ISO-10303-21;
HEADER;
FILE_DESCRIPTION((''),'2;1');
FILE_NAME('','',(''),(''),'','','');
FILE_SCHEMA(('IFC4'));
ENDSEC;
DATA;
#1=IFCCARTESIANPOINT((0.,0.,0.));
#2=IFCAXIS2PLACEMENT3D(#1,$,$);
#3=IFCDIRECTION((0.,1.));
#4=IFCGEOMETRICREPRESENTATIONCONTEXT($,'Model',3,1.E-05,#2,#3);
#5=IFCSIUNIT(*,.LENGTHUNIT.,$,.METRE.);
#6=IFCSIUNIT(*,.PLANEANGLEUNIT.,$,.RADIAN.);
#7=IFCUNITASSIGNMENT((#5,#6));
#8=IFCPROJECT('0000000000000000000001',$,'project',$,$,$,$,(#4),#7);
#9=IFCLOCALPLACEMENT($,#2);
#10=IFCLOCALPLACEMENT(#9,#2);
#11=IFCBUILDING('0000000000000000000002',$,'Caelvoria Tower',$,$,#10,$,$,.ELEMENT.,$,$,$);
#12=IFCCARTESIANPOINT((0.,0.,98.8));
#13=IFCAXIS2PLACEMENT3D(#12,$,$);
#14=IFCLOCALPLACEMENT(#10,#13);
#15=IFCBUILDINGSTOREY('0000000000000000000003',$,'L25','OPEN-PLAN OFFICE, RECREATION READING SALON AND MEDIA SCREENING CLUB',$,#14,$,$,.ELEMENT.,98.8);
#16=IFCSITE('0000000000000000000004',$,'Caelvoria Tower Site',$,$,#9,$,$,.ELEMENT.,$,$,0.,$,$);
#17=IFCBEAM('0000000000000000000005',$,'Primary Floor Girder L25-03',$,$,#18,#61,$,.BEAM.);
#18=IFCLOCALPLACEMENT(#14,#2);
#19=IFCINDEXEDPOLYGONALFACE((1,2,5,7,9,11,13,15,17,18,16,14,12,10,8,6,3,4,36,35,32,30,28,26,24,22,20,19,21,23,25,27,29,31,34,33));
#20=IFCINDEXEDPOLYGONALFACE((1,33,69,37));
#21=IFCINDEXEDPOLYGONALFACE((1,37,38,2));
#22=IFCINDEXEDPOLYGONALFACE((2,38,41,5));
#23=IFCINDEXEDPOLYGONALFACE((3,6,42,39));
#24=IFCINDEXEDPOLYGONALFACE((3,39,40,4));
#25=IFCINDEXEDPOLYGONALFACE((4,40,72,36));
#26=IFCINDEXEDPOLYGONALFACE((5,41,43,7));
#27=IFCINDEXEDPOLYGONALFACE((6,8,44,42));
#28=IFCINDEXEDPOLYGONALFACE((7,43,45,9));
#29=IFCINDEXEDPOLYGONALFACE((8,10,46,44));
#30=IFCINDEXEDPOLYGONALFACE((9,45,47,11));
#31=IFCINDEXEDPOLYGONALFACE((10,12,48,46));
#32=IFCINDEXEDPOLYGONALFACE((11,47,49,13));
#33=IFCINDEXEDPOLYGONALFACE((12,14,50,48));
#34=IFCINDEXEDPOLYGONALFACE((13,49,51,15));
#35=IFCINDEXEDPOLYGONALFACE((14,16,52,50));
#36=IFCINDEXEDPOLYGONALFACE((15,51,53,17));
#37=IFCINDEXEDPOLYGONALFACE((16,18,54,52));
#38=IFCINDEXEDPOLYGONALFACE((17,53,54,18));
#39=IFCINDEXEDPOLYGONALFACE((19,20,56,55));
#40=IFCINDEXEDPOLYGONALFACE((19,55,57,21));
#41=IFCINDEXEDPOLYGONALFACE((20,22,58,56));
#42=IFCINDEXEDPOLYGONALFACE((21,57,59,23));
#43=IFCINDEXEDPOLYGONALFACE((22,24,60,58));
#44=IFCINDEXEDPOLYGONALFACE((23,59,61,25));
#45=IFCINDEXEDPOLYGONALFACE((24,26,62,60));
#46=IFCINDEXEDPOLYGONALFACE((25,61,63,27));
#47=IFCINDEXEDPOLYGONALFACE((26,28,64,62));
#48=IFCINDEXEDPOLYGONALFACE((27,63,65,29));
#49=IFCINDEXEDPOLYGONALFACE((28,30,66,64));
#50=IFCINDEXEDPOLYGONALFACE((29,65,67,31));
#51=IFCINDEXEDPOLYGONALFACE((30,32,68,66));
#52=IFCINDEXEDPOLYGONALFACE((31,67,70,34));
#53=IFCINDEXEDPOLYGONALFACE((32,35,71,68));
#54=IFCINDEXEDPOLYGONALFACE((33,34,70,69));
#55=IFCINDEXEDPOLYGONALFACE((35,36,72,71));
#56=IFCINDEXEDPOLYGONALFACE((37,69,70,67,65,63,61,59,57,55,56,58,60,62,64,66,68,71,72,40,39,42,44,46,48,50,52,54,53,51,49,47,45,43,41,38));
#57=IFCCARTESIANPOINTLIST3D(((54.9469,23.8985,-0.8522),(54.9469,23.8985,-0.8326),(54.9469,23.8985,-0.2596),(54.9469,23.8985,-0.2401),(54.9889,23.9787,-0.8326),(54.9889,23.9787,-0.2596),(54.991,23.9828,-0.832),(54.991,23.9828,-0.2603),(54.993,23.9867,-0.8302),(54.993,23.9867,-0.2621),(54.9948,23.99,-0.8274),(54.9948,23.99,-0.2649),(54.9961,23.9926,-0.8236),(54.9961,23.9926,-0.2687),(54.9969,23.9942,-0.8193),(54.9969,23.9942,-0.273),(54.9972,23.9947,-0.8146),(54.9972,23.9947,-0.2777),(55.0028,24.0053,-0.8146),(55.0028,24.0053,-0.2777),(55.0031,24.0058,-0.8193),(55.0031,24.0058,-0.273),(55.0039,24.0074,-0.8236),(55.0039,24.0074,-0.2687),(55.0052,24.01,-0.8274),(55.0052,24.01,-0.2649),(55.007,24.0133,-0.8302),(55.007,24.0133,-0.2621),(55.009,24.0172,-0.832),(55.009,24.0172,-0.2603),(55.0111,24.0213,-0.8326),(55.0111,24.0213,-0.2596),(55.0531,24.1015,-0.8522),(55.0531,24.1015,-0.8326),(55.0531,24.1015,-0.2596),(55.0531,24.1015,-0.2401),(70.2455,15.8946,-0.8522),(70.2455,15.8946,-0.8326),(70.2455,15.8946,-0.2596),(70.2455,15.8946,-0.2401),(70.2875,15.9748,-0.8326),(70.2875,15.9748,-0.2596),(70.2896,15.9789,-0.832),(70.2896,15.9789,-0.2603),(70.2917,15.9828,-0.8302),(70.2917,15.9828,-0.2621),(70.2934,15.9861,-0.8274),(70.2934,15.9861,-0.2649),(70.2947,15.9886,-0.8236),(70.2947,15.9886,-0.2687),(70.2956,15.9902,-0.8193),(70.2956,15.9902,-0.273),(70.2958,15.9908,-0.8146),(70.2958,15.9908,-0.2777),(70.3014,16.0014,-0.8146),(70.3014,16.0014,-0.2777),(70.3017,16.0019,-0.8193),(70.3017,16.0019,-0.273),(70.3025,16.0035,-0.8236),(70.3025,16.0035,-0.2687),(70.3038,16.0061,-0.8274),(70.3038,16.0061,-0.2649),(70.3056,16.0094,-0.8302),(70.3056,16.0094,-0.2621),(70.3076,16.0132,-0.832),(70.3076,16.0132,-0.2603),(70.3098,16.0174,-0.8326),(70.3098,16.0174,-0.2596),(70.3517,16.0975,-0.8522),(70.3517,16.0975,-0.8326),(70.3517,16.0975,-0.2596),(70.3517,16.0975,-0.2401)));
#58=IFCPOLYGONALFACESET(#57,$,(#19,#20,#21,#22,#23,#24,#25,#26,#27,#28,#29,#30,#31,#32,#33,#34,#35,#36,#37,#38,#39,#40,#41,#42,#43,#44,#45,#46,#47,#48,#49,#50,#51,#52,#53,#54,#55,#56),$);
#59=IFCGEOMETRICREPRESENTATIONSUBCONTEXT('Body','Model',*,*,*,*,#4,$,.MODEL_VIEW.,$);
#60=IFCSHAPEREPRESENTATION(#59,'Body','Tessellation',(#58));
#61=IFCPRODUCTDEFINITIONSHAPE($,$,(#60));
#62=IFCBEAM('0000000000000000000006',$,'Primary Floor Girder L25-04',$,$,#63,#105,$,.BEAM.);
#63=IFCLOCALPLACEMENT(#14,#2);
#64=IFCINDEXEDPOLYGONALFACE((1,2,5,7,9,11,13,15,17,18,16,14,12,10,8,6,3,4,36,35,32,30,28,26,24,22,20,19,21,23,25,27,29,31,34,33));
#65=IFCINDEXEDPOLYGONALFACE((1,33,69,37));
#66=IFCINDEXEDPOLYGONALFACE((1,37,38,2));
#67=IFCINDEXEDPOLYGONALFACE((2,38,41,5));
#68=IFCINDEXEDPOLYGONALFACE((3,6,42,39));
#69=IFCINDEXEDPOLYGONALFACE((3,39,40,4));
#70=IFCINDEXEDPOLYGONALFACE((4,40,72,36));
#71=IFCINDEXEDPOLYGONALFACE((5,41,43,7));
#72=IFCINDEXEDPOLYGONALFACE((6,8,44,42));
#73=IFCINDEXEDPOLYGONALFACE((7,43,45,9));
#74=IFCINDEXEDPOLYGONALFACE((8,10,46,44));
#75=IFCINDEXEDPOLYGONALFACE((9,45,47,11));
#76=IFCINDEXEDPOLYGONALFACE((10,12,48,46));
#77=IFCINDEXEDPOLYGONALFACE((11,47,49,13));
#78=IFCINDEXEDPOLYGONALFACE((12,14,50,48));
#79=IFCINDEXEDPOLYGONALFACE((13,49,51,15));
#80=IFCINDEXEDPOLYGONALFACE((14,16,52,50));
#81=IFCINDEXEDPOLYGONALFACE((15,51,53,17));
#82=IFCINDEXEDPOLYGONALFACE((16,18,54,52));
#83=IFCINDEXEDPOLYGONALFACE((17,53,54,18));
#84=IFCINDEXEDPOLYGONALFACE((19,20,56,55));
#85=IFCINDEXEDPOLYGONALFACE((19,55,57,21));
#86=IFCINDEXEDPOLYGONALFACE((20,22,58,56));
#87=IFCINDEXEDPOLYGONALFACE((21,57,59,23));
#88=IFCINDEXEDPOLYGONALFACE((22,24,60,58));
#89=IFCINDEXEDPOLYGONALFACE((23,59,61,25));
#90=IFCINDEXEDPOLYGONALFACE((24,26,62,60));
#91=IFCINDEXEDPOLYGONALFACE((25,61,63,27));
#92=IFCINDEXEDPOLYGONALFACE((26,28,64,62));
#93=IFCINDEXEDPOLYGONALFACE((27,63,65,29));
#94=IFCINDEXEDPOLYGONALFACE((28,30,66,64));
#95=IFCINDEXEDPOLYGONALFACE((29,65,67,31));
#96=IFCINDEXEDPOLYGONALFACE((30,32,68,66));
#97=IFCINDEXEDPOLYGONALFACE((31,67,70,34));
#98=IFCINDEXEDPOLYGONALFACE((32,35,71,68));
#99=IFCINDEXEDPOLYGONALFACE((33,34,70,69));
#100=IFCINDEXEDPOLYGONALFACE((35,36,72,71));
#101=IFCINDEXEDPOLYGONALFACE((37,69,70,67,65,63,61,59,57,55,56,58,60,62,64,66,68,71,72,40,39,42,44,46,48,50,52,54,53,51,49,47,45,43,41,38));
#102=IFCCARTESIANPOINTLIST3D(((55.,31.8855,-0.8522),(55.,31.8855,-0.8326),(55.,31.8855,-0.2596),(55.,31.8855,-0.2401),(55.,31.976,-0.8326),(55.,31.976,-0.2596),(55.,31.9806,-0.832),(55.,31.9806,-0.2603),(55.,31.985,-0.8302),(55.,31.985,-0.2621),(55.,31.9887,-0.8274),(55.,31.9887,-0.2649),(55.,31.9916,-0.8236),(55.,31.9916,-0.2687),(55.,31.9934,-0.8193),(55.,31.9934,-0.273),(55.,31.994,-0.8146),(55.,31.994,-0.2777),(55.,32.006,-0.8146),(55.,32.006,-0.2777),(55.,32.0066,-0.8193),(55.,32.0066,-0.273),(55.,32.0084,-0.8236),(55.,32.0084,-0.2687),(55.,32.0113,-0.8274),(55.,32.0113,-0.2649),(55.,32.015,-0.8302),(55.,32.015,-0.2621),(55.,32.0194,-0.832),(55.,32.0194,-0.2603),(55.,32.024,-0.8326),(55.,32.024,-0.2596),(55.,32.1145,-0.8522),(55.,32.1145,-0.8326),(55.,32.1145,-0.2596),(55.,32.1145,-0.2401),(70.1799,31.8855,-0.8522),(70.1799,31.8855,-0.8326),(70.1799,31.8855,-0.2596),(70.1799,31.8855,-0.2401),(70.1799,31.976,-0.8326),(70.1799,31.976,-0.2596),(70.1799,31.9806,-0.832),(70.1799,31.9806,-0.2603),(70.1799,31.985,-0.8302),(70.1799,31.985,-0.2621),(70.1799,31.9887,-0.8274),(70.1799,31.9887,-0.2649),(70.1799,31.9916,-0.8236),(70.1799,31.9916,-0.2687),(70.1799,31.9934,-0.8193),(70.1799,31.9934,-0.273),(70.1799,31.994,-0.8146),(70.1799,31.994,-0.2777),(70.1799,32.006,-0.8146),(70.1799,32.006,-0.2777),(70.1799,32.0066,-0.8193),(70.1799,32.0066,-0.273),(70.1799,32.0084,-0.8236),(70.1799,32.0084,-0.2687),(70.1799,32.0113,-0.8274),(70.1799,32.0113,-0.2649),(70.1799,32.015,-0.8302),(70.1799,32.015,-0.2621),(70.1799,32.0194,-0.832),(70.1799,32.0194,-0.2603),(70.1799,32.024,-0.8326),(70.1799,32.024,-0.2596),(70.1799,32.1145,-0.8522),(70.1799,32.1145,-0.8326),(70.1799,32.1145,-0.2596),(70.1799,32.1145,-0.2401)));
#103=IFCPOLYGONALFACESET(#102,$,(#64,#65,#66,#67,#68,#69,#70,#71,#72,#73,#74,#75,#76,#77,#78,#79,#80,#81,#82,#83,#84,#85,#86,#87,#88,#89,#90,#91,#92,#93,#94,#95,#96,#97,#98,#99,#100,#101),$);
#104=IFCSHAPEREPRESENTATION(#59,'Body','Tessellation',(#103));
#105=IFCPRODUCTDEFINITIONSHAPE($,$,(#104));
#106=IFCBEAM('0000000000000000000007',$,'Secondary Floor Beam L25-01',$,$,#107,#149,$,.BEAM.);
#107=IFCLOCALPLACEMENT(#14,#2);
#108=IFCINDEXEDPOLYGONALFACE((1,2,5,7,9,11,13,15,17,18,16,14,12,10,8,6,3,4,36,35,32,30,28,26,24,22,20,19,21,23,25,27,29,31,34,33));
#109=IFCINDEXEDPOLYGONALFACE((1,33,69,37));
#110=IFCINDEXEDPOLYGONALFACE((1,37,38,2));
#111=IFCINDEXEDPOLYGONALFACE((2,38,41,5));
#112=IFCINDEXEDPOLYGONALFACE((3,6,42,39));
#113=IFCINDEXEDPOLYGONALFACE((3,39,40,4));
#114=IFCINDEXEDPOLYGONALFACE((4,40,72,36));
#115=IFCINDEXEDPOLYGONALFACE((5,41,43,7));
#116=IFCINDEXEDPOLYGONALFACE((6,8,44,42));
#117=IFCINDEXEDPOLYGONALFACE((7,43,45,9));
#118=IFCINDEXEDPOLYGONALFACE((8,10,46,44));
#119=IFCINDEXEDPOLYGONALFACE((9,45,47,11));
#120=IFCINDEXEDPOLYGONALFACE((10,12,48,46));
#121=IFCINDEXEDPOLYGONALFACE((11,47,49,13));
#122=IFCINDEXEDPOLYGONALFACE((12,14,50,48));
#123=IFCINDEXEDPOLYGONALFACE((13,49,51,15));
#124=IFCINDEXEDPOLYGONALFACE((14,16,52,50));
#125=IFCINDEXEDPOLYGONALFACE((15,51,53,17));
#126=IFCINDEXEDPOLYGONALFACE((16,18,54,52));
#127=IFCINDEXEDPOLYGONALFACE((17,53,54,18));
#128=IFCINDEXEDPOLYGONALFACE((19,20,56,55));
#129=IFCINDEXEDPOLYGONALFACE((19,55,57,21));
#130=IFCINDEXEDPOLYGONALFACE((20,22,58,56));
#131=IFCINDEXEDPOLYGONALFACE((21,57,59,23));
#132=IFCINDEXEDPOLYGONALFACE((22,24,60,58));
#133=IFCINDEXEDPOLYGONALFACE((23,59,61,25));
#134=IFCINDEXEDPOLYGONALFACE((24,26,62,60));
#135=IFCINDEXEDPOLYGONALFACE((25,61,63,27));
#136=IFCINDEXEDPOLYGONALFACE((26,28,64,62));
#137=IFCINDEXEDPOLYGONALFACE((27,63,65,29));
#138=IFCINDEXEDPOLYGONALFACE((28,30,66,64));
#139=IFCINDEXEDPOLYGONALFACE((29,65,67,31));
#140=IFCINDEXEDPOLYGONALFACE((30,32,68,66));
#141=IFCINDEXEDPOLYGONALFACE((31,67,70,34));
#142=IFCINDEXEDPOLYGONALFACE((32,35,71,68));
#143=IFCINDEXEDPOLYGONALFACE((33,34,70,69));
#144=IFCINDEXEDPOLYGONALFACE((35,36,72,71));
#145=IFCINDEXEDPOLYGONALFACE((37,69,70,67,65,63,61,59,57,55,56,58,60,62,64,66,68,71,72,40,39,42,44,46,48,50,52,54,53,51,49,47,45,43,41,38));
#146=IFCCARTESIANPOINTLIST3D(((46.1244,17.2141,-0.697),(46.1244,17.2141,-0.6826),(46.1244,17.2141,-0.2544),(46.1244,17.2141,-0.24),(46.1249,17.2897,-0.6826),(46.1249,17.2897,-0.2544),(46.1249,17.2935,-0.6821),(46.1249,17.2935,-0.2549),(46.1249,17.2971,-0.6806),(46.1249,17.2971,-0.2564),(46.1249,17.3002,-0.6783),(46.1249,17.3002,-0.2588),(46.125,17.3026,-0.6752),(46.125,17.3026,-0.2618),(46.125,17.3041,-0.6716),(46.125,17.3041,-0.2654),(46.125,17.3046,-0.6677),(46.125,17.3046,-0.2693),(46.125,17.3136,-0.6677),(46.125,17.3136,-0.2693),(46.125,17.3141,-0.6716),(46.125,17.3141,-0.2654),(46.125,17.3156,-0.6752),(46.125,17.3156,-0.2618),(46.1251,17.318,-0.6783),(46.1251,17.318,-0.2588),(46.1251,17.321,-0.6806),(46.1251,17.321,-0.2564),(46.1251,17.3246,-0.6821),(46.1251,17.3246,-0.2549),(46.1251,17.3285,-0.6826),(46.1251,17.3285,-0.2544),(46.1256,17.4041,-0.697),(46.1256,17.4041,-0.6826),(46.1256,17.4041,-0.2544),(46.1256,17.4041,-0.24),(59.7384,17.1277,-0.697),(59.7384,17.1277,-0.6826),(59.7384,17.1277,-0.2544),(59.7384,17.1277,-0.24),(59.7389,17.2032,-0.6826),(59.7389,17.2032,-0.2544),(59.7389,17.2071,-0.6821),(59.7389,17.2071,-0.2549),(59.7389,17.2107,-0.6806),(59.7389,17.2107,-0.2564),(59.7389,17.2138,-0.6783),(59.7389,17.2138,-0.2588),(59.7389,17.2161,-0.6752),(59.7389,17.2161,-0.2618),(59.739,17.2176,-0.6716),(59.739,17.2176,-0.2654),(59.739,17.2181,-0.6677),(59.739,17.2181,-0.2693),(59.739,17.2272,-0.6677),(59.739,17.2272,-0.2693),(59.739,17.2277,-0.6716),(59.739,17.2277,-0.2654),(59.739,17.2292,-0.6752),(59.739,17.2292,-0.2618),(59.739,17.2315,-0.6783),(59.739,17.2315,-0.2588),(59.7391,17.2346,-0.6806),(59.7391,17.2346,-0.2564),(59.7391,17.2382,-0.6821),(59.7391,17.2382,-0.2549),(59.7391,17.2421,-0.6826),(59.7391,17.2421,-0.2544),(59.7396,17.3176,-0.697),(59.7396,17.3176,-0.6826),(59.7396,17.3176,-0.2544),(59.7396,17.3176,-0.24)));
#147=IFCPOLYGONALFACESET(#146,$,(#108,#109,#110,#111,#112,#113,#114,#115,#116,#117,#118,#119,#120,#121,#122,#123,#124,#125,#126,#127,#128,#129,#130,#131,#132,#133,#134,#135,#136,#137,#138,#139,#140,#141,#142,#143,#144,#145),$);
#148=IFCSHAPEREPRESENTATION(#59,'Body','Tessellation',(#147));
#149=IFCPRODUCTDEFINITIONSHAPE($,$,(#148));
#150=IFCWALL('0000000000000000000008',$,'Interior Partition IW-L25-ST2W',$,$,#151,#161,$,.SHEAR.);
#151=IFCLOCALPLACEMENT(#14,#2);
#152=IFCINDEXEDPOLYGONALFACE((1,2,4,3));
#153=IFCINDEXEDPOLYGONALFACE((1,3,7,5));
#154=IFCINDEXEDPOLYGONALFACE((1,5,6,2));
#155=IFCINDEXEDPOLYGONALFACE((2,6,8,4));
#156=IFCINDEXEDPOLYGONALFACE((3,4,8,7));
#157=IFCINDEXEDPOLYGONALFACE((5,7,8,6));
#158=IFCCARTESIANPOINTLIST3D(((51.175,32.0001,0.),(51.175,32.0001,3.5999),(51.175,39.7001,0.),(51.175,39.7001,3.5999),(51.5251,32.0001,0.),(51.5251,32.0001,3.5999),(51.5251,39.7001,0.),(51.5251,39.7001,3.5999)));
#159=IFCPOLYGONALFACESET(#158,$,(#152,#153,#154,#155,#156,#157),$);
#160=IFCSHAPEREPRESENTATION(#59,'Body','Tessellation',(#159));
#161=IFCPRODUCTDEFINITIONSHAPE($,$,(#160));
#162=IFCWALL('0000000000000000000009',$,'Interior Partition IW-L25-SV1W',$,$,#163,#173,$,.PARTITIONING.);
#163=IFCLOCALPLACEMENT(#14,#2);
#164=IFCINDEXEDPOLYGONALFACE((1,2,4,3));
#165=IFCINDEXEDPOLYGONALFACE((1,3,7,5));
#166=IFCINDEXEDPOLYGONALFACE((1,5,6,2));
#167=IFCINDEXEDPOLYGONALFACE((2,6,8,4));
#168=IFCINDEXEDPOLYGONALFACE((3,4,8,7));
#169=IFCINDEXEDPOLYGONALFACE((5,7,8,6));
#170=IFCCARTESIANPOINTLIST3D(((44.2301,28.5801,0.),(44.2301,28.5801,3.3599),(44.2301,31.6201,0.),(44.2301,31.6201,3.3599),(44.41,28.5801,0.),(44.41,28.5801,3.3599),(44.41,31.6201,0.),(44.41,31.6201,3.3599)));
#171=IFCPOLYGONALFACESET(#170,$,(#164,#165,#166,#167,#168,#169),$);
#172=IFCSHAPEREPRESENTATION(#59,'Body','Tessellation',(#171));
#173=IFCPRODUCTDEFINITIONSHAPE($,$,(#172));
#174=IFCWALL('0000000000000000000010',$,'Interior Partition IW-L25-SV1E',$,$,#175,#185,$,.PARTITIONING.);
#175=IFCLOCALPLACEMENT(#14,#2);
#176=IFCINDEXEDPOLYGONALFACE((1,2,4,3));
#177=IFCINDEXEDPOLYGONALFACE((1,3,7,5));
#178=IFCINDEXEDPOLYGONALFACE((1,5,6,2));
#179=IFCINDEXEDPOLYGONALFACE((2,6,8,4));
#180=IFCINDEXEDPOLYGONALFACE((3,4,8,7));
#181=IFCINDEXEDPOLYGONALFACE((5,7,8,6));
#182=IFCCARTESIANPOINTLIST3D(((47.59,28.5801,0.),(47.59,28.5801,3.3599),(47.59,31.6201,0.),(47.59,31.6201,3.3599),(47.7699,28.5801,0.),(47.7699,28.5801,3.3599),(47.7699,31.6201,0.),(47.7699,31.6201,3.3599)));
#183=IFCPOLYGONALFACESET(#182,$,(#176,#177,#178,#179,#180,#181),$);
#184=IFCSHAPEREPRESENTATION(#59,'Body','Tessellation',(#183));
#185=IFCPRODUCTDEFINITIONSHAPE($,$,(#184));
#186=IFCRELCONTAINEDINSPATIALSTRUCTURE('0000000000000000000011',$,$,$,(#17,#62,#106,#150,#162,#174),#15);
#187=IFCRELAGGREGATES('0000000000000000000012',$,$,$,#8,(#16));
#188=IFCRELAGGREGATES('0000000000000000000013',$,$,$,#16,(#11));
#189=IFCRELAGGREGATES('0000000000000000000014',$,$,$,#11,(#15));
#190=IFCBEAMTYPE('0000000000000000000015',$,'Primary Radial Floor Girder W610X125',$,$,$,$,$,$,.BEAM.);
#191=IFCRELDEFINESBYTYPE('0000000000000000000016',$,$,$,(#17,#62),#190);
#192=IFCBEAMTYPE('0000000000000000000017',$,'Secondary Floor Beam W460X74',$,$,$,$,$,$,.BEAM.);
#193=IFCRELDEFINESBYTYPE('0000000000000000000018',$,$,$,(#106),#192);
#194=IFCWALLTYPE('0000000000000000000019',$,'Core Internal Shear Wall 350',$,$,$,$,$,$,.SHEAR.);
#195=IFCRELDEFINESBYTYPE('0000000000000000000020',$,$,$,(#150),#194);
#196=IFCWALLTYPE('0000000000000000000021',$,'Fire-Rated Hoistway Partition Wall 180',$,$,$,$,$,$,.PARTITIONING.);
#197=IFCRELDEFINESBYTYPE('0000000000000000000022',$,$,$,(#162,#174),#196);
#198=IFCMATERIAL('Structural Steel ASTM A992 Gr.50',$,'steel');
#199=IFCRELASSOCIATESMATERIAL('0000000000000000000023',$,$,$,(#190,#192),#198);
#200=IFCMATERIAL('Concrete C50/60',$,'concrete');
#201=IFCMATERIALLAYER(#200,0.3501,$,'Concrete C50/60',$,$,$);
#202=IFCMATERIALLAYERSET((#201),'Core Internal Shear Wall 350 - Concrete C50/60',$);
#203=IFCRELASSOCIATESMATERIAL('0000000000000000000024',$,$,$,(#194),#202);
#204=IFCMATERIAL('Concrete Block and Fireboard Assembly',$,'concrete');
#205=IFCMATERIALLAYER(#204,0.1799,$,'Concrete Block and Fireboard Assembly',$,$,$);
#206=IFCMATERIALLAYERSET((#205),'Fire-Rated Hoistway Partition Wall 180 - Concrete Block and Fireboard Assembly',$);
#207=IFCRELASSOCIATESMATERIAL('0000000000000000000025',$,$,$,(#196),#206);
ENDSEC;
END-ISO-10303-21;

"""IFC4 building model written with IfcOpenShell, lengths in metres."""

from ifc_helpers import new_model, si_unit, direction, frame, frame_2d, origin, origin_2d, place, context, subcontext, project, spatial, rectangle, i_section, extrude, material, layer, layer_set, material_profile, profile_set, type_object, element, save


model = new_model("IFC4")

# Units and contexts
model_context = context("Model", 3, precision=1e-05, world=origin(), true_north=direction((0.0, 1.0)))
body_context = subcontext(model_context, "Body", "Model", "MODEL_VIEW")
ifc_project = project(units=[si_unit("LENGTHUNIT", "METRE"), si_unit("PLANEANGLEUNIT", "RADIAN")], contexts=[model_context])

# Site, building, storey
site_placement = place(None, origin())
site = spatial("IfcSite", under=ifc_project, at=site_placement, Name="Caelvoria Tower Site", CompositionType="ELEMENT", RefElevation=0.0)
building_placement = place(site_placement, origin())
building = spatial("IfcBuilding", under=site, at=building_placement, Name="Caelvoria Tower", CompositionType="ELEMENT")
storey_placement = place(building_placement, frame((0.0, 0.0, 98.8)))
storey = spatial("IfcBuildingStorey", under=building, at=storey_placement, Name="L25", Description="OPEN-PLAN OFFICE, RECREATION READING SALON AND MEDIA SCREENING CLUB", CompositionType="ELEMENT", Elevation=98.8)

# Beams
ifc_material_1 = material(Name="Structural Steel ASTM A992 Gr.50", Category="steel")
ifc_material_profile_1 = material_profile(ifc_material_1, i_section(OverallWidth=0.229, OverallDepth=0.6121, WebThickness=0.012, FlangeThickness=0.0195, FilletRadius=0.0181, at=origin_2d()), Name="Structural Steel ASTM A992 Gr.50")
ifc_profile_set_1 = profile_set([ifc_material_profile_1], Name="W610X125 - Structural Steel ASTM A992 Gr.50")
beam_type_1 = type_object("IfcBeamType", Name="Primary Radial Floor Girder W610X125", PredefinedType="BEAM", material=ifc_profile_set_1)
beam_1_placement = place(storey_placement, frame((55.0, 24.0, -0.5461), z_axis=(0.886061, -0.463569, 0.0), x_axis=(0.463569, 0.886061, 0.0)))
element("IfcBeam", 1, at=beam_1_placement, inside=storey, type_object=beam_type_1, Name="Primary Floor Girder L25-03", PredefinedType="BEAM", context=body_context, shape_type="SweptSolid", body=[
    extrude(i_section(OverallWidth=0.229, OverallDepth=0.6121, WebThickness=0.012, FlangeThickness=0.0195, FilletRadius=0.0181, at=origin_2d()), origin(), (0.0, 0.0, 1.0), 17.2659),
])
beam_2_placement = place(storey_placement, frame((55.0, 32.0, -0.5461), z_axis=(1.0, 0.0, 0.0), x_axis=(0.0, 1.0, 0.0)))
element("IfcBeam", 2, at=beam_2_placement, inside=storey, type_object=beam_type_1, Name="Primary Floor Girder L25-04", PredefinedType="BEAM", context=body_context, shape_type="SweptSolid", body=[
    extrude(i_section(OverallWidth=0.229, OverallDepth=0.6121, WebThickness=0.012, FlangeThickness=0.0195, FilletRadius=0.0181, at=origin_2d()), origin(), (0.0, 0.0, 1.0), 15.1799),
])
ifc_material_profile_2 = material_profile(ifc_material_1, i_section(OverallWidth=0.1899, OverallDepth=0.457, WebThickness=0.009, FlangeThickness=0.0144, FilletRadius=0.0149, at=origin_2d()), Name="Structural Steel ASTM A992 Gr.50")
ifc_profile_set_2 = profile_set([ifc_material_profile_2], Name="W460X74 - Structural Steel ASTM A992 Gr.50")
beam_type_2 = type_object("IfcBeamType", Name="Secondary Floor Beam W460X74", PredefinedType="BEAM", material=ifc_profile_set_2)
beam_3_placement = place(storey_placement, frame((46.125, 17.3091, -0.4685), z_axis=(0.99998, -0.006348, 0.0), x_axis=(0.006348, 0.99998, 0.0)))
element("IfcBeam", 3, at=beam_3_placement, inside=storey, type_object=beam_type_2, Name="Secondary Floor Beam L25-01", PredefinedType="BEAM", context=body_context, shape_type="SweptSolid", body=[
    extrude(i_section(OverallWidth=0.1899, OverallDepth=0.457, WebThickness=0.009, FlangeThickness=0.0144, FilletRadius=0.0149, at=origin_2d()), origin(), (0.0, 0.0, 1.0), 13.6143),
])

# Wall
ifc_material_2 = material(Name="Concrete C50/60", Category="concrete")
ifc_layer_1 = layer(ifc_material_2, 0.3501, Name="Concrete C50/60")
ifc_layer_set_1 = layer_set([ifc_layer_1], Name="Core Internal Shear Wall 350 - Concrete C50/60")
wall_type_1 = type_object("IfcWallType", Name="Core Internal Shear Wall 350", PredefinedType="SHEAR", material=ifc_layer_set_1)
wall_1_placement = place(storey_placement, frame((51.3501, 32.0, 0.0), z_axis=(0.0, 0.0, 1.0), x_axis=(0.0, 1.0, 0.0)))
element("IfcWall", 4, at=wall_1_placement, inside=storey, type_object=wall_type_1, Name="Interior Partition IW-L25-ST2W", PredefinedType="SHEAR", context=body_context, shape_type="SweptSolid", body=[
    extrude(rectangle(XDim=7.7, YDim=0.3501, at=frame_2d((3.8501, 0.0))), origin(), (0.0, 0.0, 1.0), 3.5999),
])

# Walls
ifc_material_3 = material(Name="Concrete Block and Fireboard Assembly", Category="concrete")
ifc_layer_2 = layer(ifc_material_3, 0.1799, Name="Concrete Block and Fireboard Assembly")
ifc_layer_set_2 = layer_set([ifc_layer_2], Name="Fire-Rated Hoistway Partition Wall 180 - Concrete Block and Fireboard Assembly")
wall_type_2 = type_object("IfcWallType", Name="Fire-Rated Hoistway Partition Wall 180", PredefinedType="PARTITIONING", material=ifc_layer_set_2)
for number, where, z_axis, x_axis, name in (
    (5, (44.3201, 28.5801, 0.0), (0.0, 0.0, 1.0), (0.0, 1.0, 0.0), "Interior Partition IW-L25-SV1W"),
    (6, (47.6799, 28.5801, 0.0), (0.0, 0.0, 1.0), (0.0, 1.0, 0.0), "Interior Partition IW-L25-SV1E"),
):
    element("IfcWall", number, at=place(storey_placement, frame(where, z_axis=z_axis, x_axis=x_axis)), inside=storey, type_object=wall_type_2, Name=name, PredefinedType="PARTITIONING", context=body_context, shape_type="SweptSolid", body=[
        extrude(rectangle(XDim=3.04, YDim=0.1799, at=frame_2d((1.52, 0.0))), origin(), (0.0, 0.0, 1.0), 3.3599),
    ])

save(model, "model.ifc")
